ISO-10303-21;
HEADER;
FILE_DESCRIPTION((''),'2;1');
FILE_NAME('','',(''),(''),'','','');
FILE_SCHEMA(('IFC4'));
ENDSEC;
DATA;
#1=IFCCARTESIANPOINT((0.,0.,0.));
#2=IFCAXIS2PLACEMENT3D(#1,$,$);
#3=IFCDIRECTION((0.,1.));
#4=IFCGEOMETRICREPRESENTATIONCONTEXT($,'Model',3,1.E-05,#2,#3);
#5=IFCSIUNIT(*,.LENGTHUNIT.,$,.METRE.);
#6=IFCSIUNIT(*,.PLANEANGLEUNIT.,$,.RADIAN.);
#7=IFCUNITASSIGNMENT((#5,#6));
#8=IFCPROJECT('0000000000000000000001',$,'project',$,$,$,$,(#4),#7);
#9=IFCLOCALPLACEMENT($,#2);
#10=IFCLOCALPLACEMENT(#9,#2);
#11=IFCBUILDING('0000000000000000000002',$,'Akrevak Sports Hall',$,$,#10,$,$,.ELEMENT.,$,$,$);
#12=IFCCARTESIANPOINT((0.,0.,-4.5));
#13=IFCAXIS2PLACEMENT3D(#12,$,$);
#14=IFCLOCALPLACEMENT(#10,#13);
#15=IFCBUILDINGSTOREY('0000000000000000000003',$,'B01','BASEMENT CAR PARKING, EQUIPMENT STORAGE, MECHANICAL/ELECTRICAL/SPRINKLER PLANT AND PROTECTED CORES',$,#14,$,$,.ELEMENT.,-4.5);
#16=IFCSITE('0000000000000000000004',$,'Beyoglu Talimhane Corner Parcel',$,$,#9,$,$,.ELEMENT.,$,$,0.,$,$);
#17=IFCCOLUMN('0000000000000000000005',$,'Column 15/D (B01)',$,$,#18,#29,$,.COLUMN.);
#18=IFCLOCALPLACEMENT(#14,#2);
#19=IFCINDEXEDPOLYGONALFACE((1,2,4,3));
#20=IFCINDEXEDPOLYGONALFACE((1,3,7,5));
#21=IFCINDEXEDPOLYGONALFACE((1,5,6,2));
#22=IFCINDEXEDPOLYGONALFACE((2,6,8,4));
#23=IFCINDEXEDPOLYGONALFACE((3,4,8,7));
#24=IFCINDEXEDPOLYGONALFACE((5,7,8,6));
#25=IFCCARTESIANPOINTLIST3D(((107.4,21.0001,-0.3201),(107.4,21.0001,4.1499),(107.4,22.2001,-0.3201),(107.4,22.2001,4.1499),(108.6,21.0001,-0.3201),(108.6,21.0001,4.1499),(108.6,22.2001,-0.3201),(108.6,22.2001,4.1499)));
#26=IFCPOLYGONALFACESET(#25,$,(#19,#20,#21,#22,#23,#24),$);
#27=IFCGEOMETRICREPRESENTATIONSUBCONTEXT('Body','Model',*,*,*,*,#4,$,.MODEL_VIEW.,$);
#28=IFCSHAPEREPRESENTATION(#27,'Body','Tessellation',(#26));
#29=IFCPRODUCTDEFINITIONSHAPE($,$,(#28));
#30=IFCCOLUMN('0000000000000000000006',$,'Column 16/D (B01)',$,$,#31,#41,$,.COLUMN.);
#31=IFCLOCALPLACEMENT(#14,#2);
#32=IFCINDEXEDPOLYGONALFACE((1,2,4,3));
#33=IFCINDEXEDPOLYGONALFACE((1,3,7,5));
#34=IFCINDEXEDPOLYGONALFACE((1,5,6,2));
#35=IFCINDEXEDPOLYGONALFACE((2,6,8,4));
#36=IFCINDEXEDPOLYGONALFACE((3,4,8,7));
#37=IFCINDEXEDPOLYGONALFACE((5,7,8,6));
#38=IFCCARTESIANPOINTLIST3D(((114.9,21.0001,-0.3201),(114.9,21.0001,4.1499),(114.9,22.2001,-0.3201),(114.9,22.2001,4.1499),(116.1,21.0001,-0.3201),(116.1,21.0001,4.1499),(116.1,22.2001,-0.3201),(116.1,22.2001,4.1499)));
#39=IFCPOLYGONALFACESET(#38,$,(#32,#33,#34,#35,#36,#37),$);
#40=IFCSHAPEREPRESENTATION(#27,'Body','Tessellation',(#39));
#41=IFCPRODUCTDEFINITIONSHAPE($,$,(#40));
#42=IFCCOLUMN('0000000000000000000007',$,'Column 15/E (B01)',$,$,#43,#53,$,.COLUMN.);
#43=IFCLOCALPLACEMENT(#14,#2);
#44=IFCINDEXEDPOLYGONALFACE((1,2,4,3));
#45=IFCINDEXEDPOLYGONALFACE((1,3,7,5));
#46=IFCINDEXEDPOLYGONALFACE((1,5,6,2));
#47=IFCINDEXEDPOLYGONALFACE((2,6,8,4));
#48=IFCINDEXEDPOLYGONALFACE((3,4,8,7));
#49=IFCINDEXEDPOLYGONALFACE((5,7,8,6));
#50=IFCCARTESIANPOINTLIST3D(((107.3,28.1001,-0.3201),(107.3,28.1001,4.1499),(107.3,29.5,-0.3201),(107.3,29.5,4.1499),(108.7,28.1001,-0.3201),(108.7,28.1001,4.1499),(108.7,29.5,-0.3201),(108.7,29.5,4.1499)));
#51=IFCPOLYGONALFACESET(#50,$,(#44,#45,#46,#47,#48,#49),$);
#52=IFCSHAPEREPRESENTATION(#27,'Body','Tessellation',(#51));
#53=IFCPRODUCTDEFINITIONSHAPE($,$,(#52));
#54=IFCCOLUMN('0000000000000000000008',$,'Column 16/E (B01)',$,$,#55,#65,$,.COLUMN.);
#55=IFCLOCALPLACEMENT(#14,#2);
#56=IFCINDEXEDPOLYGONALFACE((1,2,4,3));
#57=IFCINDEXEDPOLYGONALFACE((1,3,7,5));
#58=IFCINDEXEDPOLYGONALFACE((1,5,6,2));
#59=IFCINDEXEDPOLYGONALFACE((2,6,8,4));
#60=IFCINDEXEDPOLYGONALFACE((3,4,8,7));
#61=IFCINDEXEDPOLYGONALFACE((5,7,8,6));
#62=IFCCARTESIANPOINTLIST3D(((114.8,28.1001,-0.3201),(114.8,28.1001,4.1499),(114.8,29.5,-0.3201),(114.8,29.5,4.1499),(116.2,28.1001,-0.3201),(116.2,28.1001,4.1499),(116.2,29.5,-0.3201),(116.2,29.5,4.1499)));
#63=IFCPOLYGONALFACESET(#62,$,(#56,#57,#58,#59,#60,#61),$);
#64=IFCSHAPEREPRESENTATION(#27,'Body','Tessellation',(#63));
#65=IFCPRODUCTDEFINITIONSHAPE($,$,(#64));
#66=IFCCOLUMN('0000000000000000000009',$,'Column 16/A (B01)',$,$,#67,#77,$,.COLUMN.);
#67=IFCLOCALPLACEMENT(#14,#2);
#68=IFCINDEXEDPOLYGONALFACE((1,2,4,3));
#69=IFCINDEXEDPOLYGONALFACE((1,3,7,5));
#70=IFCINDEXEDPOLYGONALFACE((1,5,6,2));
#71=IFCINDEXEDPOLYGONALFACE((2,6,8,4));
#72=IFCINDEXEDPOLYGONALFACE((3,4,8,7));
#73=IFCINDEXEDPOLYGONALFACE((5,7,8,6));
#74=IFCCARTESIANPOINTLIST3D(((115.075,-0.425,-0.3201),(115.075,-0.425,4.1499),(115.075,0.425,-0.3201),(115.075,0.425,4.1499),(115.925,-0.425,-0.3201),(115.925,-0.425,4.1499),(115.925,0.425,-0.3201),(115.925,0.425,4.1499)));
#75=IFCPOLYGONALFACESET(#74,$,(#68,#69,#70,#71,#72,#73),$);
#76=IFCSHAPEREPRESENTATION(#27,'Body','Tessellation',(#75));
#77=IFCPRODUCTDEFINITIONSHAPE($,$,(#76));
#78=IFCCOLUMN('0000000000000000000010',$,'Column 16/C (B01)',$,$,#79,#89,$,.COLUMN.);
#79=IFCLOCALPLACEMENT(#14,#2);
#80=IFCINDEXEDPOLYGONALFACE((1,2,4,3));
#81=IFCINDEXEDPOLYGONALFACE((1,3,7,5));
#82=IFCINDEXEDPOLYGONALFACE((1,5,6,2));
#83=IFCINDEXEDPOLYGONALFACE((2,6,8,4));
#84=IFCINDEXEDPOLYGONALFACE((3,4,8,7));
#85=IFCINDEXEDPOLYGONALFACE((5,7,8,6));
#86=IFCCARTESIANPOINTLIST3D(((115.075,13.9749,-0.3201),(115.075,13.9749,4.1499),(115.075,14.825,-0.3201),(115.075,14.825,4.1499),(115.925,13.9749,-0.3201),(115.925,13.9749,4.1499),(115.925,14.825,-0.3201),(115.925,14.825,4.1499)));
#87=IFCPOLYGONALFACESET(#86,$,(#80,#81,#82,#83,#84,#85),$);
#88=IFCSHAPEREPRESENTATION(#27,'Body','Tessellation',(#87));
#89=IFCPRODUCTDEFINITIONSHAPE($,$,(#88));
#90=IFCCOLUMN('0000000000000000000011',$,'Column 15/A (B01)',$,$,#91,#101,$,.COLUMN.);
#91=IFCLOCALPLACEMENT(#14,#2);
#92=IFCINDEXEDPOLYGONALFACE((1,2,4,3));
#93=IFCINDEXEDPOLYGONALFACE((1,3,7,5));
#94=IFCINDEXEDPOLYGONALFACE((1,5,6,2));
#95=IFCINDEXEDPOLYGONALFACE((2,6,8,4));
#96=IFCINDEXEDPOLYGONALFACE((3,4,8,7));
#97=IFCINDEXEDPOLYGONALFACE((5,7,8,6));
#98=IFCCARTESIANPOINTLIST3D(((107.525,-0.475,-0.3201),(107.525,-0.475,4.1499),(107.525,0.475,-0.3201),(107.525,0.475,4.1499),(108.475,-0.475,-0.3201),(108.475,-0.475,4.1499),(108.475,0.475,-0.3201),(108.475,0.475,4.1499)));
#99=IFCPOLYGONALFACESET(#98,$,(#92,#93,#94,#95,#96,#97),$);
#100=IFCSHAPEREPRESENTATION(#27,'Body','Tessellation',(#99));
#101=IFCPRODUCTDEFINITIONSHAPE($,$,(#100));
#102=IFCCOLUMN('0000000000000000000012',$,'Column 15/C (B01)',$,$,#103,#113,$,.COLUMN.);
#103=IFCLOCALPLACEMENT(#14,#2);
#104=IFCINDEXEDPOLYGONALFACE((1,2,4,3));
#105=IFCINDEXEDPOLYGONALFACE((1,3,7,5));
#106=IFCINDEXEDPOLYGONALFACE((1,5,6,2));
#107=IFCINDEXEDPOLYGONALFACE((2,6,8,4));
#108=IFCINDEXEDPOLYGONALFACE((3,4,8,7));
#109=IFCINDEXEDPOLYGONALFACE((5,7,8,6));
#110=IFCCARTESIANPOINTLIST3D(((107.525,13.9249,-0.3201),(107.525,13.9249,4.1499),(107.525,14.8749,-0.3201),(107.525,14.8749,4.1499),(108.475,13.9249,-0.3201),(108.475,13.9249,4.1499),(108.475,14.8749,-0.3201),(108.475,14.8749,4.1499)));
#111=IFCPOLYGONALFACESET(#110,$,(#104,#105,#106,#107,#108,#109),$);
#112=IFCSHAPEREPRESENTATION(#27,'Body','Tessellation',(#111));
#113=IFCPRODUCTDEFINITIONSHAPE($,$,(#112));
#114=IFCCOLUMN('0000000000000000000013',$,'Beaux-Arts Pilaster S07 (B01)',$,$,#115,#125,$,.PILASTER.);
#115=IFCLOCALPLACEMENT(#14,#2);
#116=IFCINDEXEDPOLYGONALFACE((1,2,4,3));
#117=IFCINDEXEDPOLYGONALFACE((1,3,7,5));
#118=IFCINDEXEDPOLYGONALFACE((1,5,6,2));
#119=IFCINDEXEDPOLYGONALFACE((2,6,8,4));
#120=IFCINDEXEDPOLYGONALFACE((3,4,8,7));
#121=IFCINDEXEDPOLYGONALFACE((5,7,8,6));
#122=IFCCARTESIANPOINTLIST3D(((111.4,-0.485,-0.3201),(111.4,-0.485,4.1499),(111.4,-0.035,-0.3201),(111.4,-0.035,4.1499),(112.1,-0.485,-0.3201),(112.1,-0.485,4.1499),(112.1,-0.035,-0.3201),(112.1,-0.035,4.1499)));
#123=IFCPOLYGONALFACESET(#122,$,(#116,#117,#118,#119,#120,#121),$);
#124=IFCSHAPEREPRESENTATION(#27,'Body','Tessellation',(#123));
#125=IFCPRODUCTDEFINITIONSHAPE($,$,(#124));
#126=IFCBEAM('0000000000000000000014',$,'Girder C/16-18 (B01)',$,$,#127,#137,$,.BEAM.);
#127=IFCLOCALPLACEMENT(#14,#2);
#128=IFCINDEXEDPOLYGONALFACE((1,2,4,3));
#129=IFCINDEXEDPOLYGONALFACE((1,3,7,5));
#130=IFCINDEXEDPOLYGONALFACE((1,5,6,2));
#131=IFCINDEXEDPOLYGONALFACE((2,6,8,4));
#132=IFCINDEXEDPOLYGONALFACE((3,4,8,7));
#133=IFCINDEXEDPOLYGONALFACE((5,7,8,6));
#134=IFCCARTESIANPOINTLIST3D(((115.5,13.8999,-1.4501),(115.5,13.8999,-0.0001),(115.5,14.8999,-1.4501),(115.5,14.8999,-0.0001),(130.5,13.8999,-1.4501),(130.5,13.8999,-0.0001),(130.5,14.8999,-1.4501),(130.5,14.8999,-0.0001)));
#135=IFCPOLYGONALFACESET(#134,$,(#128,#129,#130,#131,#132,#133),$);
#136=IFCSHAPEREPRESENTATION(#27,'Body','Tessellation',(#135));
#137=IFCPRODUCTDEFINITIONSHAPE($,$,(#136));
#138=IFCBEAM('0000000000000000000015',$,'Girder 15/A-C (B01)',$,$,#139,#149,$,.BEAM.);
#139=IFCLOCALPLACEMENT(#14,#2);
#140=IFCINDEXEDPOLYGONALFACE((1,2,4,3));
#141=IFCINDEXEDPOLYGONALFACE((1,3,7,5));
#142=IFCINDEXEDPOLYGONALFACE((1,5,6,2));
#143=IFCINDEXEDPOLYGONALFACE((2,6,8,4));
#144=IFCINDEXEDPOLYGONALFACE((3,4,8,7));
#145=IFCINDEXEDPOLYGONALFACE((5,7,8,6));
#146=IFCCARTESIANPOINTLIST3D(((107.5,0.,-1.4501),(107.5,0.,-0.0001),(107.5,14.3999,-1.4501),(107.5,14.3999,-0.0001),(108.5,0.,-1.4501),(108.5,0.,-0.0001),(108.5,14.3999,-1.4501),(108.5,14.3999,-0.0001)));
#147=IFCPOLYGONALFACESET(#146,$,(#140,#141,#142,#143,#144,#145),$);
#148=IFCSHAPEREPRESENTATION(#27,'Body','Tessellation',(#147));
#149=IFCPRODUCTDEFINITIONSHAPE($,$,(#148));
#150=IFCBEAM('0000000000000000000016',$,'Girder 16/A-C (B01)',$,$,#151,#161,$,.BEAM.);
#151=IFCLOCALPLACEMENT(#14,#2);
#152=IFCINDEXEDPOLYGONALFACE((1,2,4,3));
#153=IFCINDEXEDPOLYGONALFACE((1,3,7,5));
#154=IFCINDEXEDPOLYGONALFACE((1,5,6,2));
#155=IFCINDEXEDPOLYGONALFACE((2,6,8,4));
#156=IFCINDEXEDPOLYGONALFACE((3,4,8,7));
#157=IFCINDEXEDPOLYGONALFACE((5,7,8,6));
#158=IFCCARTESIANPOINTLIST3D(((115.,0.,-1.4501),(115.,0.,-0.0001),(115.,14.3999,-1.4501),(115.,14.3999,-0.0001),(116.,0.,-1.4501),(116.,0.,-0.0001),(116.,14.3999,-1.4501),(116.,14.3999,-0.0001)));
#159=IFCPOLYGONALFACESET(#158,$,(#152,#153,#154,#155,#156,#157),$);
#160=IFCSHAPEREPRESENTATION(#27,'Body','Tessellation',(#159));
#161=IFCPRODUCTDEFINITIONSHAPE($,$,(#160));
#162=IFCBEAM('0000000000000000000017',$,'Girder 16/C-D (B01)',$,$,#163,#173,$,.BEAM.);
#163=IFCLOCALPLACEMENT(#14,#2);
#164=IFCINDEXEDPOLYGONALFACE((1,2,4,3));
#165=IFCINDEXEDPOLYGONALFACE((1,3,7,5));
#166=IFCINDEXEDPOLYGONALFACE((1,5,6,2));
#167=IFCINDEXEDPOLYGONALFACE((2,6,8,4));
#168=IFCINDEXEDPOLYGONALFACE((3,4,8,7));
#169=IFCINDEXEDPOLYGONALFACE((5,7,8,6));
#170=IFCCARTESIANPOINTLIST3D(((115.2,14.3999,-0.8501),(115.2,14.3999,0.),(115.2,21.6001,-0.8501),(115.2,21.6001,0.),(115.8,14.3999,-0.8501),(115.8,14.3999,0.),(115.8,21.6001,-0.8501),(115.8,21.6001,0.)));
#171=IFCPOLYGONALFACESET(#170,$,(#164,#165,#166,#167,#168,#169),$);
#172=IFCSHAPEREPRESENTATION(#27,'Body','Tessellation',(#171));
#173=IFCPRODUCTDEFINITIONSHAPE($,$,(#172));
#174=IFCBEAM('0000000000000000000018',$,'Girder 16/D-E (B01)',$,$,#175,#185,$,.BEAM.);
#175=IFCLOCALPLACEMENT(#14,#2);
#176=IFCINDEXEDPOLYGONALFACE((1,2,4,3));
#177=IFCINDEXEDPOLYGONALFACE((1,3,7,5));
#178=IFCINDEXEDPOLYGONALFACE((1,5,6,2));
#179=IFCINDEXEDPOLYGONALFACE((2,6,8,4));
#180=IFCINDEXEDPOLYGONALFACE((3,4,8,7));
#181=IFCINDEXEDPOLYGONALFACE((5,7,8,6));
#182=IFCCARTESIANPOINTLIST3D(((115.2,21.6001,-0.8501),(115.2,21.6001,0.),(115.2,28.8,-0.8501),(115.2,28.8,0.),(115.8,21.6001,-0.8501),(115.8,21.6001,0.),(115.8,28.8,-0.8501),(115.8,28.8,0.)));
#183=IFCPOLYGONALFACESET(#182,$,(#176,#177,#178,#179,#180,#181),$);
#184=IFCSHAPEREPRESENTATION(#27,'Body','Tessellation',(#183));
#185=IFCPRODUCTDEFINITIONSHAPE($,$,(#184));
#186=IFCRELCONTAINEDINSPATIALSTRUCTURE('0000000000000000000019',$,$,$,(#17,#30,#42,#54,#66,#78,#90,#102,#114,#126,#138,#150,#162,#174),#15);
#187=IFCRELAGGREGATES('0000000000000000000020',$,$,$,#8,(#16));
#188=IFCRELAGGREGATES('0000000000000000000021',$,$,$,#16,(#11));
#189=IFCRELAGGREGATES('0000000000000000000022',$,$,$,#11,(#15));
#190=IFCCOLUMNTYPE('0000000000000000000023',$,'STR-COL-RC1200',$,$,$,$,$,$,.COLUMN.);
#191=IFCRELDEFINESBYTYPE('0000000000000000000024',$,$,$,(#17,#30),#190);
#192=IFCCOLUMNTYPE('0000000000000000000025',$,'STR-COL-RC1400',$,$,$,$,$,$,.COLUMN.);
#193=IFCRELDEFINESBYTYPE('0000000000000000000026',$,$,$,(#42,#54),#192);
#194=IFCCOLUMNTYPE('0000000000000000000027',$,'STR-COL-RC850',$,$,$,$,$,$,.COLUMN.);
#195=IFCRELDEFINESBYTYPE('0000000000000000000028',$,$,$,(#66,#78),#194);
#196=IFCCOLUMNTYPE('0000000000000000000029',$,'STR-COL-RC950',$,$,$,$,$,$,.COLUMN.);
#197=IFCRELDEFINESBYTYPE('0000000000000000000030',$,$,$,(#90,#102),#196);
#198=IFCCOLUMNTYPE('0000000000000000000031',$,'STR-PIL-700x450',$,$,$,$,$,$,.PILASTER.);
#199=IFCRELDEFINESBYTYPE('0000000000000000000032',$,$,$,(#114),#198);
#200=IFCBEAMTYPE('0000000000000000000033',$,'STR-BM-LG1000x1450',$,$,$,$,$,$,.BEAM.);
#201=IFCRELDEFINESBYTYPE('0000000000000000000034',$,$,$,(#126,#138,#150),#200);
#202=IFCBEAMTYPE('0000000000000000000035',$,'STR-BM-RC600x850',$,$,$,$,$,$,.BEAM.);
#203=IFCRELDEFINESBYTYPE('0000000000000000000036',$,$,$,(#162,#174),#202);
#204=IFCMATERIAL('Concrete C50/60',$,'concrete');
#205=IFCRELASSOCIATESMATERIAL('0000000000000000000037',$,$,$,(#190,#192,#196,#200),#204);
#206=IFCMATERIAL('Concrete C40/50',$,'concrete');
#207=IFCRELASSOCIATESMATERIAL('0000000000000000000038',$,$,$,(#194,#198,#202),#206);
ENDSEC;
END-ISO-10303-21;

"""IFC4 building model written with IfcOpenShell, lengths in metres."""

from ifc_helpers import new_model, si_unit, direction, frame, origin, origin_2d, place, context, subcontext, project, spatial, rectangle, extrude, material, material_profile, profile_set, type_object, element, save


model = new_model("IFC4")

# Units and contexts
model_context = context("Model", 3, precision=1e-05, world=origin(), true_north=direction((0.0, 1.0)))
body_context = subcontext(model_context, "Body", "Model", "MODEL_VIEW")
ifc_project = project(units=[si_unit("LENGTHUNIT", "METRE"), si_unit("PLANEANGLEUNIT", "RADIAN")], contexts=[model_context])

# Site, building, storey
site_placement = place(None, origin())
site = spatial("IfcSite", under=ifc_project, at=site_placement, Name="Beyoglu Talimhane Corner Parcel", CompositionType="ELEMENT", RefElevation=0.0)
building_placement = place(site_placement, origin())
building = spatial("IfcBuilding", under=site, at=building_placement, Name="Akrevak Sports Hall", CompositionType="ELEMENT")
storey_placement = place(building_placement, frame((0.0, 0.0, -4.5)))
storey = spatial("IfcBuildingStorey", under=building, at=storey_placement, Name="B01", Description="BASEMENT CAR PARKING, EQUIPMENT STORAGE, MECHANICAL/ELECTRICAL/SPRINKLER PLANT AND PROTECTED CORES", CompositionType="ELEMENT", Elevation=-4.5)

# Columns
ifc_material_1 = material(Name="Concrete C50/60", Category="concrete")
ifc_material_profile_1 = material_profile(ifc_material_1, rectangle(XDim=1.2, YDim=1.2, at=origin_2d()), Name="RC 1200x1200", Category="concrete")
ifc_profile_set_1 = profile_set([ifc_material_profile_1], Name="Concrete C50/60")
column_type_1 = type_object("IfcColumnType", Name="STR-COL-RC1200", PredefinedType="COLUMN", material=ifc_profile_set_1)
for number, where, z_axis, x_axis, name in (
    (1, (108.0, 21.6001, -0.3201), (0.0, 0.0, 1.0), (1.0, 0.0, 0.0), "Column 15/D (B01)"),
    (2, (115.5, 21.6001, -0.3201), (0.0, 0.0, 1.0), (1.0, 0.0, 0.0), "Column 16/D (B01)"),
):
    element("IfcColumn", number, at=place(storey_placement, frame(where, z_axis=z_axis, x_axis=x_axis)), inside=storey, type_object=column_type_1, Name=name, PredefinedType="COLUMN", context=body_context, shape_type="SweptSolid", body=[
        extrude(rectangle(XDim=1.2, YDim=1.2, at=origin_2d()), origin(), (0.0, 0.0, 1.0), 4.47),
    ])
ifc_material_profile_2 = material_profile(ifc_material_1, rectangle(XDim=1.3999, YDim=1.3999, at=origin_2d()), Name="RC 1400x1400", Category="concrete")
ifc_profile_set_2 = profile_set([ifc_material_profile_2], Name="Concrete C50/60")
column_type_2 = type_object("IfcColumnType", Name="STR-COL-RC1400", PredefinedType="COLUMN", material=ifc_profile_set_2)
for number, where, z_axis, x_axis, name in (
    (3, (108.0, 28.8, -0.3201), (0.0, 0.0, 1.0), (1.0, 0.0, 0.0), "Column 15/E (B01)"),
    (4, (115.5, 28.8, -0.3201), (0.0, 0.0, 1.0), (1.0, 0.0, 0.0), "Column 16/E (B01)"),
):
    element("IfcColumn", number, at=place(storey_placement, frame(where, z_axis=z_axis, x_axis=x_axis)), inside=storey, type_object=column_type_2, Name=name, PredefinedType="COLUMN", context=body_context, shape_type="SweptSolid", body=[
        extrude(rectangle(XDim=1.3999, YDim=1.3999, at=origin_2d()), origin(), (0.0, 0.0, 1.0), 4.47),
    ])
ifc_material_2 = material(Name="Concrete C40/50", Category="concrete")
ifc_material_profile_3 = material_profile(ifc_material_2, rectangle(XDim=0.8501, YDim=0.8501, at=origin_2d()), Name="RC 850x850", Category="concrete")
ifc_profile_set_3 = profile_set([ifc_material_profile_3], Name="Concrete C40/50")
column_type_3 = type_object("IfcColumnType", Name="STR-COL-RC850", PredefinedType="COLUMN", material=ifc_profile_set_3)
for number, where, z_axis, x_axis, name in (
    (5, (115.5, 0.0, -0.3201), (0.0, 0.0, 1.0), (1.0, 0.0, 0.0), "Column 16/A (B01)"),
    (6, (115.5, 14.3999, -0.3201), (0.0, 0.0, 1.0), (1.0, 0.0, 0.0), "Column 16/C (B01)"),
):
    element("IfcColumn", number, at=place(storey_placement, frame(where, z_axis=z_axis, x_axis=x_axis)), inside=storey, type_object=column_type_3, Name=name, PredefinedType="COLUMN", context=body_context, shape_type="SweptSolid", body=[
        extrude(rectangle(XDim=0.8501, YDim=0.8501, at=origin_2d()), origin(), (0.0, 0.0, 1.0), 4.47),
    ])
ifc_material_profile_4 = material_profile(ifc_material_1, rectangle(XDim=0.95, YDim=0.95, at=origin_2d()), Name="RC 950x950", Category="concrete")
ifc_profile_set_4 = profile_set([ifc_material_profile_4], Name="Concrete C50/60")
column_type_4 = type_object("IfcColumnType", Name="STR-COL-RC950", PredefinedType="COLUMN", material=ifc_profile_set_4)
for number, where, z_axis, x_axis, name in (
    (7, (108.0, 0.0, -0.3201), (0.0, 0.0, 1.0), (1.0, 0.0, 0.0), "Column 15/A (B01)"),
    (8, (108.0, 14.3999, -0.3201), (0.0, 0.0, 1.0), (1.0, 0.0, 0.0), "Column 15/C (B01)"),
):
    element("IfcColumn", number, at=place(storey_placement, frame(where, z_axis=z_axis, x_axis=x_axis)), inside=storey, type_object=column_type_4, Name=name, PredefinedType="COLUMN", context=body_context, shape_type="SweptSolid", body=[
        extrude(rectangle(XDim=0.95, YDim=0.95, at=origin_2d()), origin(), (0.0, 0.0, 1.0), 4.47),
    ])
ifc_material_profile_5 = material_profile(ifc_material_2, rectangle(XDim=0.7, YDim=0.45, at=origin_2d()), Name="PIL 700x450", Category="concrete")
ifc_profile_set_5 = profile_set([ifc_material_profile_5], Name="Concrete C40/50")
column_type_5 = type_object("IfcColumnType", Name="STR-PIL-700x450", PredefinedType="PILASTER", material=ifc_profile_set_5)
column_placement = place(storey_placement, frame((111.75, -0.26, -0.3201), z_axis=(0.0, 0.0, 1.0), x_axis=(1.0, 0.0, 0.0)))
element("IfcColumn", 9, at=column_placement, inside=storey, type_object=column_type_5, Name="Beaux-Arts Pilaster S07 (B01)", PredefinedType="PILASTER", context=body_context, shape_type="SweptSolid", body=[
    extrude(rectangle(XDim=0.7, YDim=0.45, at=origin_2d()), origin(), (0.0, 0.0, 1.0), 4.47),
])

# Beams
ifc_material_profile_6 = material_profile(ifc_material_1, rectangle(XDim=1.0, YDim=1.45, at=origin_2d()), Name="BM 1000x1450", Category="concrete")
ifc_profile_set_6 = profile_set([ifc_material_profile_6], Name="Concrete C50/60")
beam_type_1 = type_object("IfcBeamType", Name="STR-BM-LG1000x1450", PredefinedType="BEAM", material=ifc_profile_set_6)
beam_1_placement = place(storey_placement, frame((115.5, 14.3999, -0.7251), z_axis=(1.0, 0.0, 0.0), x_axis=(0.0, 1.0, 0.0)))
element("IfcBeam", 10, at=beam_1_placement, inside=storey, type_object=beam_type_1, Name="Girder C/16-18 (B01)", PredefinedType="BEAM", context=body_context, shape_type="SweptSolid", body=[
    extrude(rectangle(XDim=1.0, YDim=1.45, at=origin_2d()), origin(), (0.0, 0.0, 1.0), 15.0),
])
for number, where, z_axis, x_axis, name in (
    (11, (108.0, 0.0, -0.7251), (0.0, 1.0, 0.0), (-1.0, 0.0, 0.0), "Girder 15/A-C (B01)"),
    (12, (115.5, 0.0, -0.7251), (0.0, 1.0, 0.0), (-1.0, 0.0, 0.0), "Girder 16/A-C (B01)"),
):
    element("IfcBeam", number, at=place(storey_placement, frame(where, z_axis=z_axis, x_axis=x_axis)), inside=storey, type_object=beam_type_1, Name=name, PredefinedType="BEAM", context=body_context, shape_type="SweptSolid", body=[
        extrude(rectangle(XDim=1.0, YDim=1.45, at=origin_2d()), origin(), (0.0, 0.0, 1.0), 14.3999),
    ])
ifc_material_profile_7 = material_profile(ifc_material_2, rectangle(XDim=0.6001, YDim=0.8501, at=origin_2d()), Name="BM 600x850", Category="concrete")
ifc_profile_set_7 = profile_set([ifc_material_profile_7], Name="Concrete C40/50")
beam_type_2 = type_object("IfcBeamType", Name="STR-BM-RC600x850", PredefinedType="BEAM", material=ifc_profile_set_7)
beam_2_placement = place(storey_placement, frame((115.5, 14.3999, -0.425), z_axis=(0.0, 1.0, 0.0), x_axis=(-1.0, 0.0, 0.0)))
element("IfcBeam", 13, at=beam_2_placement, inside=storey, type_object=beam_type_2, Name="Girder 16/C-D (B01)", PredefinedType="BEAM", context=body_context, shape_type="SweptSolid", body=[
    extrude(rectangle(XDim=0.6001, YDim=0.8501, at=origin_2d()), origin(), (0.0, 0.0, 1.0), 7.2002),
])
beam_3_placement = place(storey_placement, frame((115.5, 21.6001, -0.425), z_axis=(0.0, 1.0, 0.0), x_axis=(-1.0, 0.0, 0.0)))
element("IfcBeam", 14, at=beam_3_placement, inside=storey, type_object=beam_type_2, Name="Girder 16/D-E (B01)", PredefinedType="BEAM", context=body_context, shape_type="SweptSolid", body=[
    extrude(rectangle(XDim=0.6001, YDim=0.8501, at=origin_2d()), origin(), (0.0, 0.0, 1.0), 7.2),
])

save(model, "model.ifc")
